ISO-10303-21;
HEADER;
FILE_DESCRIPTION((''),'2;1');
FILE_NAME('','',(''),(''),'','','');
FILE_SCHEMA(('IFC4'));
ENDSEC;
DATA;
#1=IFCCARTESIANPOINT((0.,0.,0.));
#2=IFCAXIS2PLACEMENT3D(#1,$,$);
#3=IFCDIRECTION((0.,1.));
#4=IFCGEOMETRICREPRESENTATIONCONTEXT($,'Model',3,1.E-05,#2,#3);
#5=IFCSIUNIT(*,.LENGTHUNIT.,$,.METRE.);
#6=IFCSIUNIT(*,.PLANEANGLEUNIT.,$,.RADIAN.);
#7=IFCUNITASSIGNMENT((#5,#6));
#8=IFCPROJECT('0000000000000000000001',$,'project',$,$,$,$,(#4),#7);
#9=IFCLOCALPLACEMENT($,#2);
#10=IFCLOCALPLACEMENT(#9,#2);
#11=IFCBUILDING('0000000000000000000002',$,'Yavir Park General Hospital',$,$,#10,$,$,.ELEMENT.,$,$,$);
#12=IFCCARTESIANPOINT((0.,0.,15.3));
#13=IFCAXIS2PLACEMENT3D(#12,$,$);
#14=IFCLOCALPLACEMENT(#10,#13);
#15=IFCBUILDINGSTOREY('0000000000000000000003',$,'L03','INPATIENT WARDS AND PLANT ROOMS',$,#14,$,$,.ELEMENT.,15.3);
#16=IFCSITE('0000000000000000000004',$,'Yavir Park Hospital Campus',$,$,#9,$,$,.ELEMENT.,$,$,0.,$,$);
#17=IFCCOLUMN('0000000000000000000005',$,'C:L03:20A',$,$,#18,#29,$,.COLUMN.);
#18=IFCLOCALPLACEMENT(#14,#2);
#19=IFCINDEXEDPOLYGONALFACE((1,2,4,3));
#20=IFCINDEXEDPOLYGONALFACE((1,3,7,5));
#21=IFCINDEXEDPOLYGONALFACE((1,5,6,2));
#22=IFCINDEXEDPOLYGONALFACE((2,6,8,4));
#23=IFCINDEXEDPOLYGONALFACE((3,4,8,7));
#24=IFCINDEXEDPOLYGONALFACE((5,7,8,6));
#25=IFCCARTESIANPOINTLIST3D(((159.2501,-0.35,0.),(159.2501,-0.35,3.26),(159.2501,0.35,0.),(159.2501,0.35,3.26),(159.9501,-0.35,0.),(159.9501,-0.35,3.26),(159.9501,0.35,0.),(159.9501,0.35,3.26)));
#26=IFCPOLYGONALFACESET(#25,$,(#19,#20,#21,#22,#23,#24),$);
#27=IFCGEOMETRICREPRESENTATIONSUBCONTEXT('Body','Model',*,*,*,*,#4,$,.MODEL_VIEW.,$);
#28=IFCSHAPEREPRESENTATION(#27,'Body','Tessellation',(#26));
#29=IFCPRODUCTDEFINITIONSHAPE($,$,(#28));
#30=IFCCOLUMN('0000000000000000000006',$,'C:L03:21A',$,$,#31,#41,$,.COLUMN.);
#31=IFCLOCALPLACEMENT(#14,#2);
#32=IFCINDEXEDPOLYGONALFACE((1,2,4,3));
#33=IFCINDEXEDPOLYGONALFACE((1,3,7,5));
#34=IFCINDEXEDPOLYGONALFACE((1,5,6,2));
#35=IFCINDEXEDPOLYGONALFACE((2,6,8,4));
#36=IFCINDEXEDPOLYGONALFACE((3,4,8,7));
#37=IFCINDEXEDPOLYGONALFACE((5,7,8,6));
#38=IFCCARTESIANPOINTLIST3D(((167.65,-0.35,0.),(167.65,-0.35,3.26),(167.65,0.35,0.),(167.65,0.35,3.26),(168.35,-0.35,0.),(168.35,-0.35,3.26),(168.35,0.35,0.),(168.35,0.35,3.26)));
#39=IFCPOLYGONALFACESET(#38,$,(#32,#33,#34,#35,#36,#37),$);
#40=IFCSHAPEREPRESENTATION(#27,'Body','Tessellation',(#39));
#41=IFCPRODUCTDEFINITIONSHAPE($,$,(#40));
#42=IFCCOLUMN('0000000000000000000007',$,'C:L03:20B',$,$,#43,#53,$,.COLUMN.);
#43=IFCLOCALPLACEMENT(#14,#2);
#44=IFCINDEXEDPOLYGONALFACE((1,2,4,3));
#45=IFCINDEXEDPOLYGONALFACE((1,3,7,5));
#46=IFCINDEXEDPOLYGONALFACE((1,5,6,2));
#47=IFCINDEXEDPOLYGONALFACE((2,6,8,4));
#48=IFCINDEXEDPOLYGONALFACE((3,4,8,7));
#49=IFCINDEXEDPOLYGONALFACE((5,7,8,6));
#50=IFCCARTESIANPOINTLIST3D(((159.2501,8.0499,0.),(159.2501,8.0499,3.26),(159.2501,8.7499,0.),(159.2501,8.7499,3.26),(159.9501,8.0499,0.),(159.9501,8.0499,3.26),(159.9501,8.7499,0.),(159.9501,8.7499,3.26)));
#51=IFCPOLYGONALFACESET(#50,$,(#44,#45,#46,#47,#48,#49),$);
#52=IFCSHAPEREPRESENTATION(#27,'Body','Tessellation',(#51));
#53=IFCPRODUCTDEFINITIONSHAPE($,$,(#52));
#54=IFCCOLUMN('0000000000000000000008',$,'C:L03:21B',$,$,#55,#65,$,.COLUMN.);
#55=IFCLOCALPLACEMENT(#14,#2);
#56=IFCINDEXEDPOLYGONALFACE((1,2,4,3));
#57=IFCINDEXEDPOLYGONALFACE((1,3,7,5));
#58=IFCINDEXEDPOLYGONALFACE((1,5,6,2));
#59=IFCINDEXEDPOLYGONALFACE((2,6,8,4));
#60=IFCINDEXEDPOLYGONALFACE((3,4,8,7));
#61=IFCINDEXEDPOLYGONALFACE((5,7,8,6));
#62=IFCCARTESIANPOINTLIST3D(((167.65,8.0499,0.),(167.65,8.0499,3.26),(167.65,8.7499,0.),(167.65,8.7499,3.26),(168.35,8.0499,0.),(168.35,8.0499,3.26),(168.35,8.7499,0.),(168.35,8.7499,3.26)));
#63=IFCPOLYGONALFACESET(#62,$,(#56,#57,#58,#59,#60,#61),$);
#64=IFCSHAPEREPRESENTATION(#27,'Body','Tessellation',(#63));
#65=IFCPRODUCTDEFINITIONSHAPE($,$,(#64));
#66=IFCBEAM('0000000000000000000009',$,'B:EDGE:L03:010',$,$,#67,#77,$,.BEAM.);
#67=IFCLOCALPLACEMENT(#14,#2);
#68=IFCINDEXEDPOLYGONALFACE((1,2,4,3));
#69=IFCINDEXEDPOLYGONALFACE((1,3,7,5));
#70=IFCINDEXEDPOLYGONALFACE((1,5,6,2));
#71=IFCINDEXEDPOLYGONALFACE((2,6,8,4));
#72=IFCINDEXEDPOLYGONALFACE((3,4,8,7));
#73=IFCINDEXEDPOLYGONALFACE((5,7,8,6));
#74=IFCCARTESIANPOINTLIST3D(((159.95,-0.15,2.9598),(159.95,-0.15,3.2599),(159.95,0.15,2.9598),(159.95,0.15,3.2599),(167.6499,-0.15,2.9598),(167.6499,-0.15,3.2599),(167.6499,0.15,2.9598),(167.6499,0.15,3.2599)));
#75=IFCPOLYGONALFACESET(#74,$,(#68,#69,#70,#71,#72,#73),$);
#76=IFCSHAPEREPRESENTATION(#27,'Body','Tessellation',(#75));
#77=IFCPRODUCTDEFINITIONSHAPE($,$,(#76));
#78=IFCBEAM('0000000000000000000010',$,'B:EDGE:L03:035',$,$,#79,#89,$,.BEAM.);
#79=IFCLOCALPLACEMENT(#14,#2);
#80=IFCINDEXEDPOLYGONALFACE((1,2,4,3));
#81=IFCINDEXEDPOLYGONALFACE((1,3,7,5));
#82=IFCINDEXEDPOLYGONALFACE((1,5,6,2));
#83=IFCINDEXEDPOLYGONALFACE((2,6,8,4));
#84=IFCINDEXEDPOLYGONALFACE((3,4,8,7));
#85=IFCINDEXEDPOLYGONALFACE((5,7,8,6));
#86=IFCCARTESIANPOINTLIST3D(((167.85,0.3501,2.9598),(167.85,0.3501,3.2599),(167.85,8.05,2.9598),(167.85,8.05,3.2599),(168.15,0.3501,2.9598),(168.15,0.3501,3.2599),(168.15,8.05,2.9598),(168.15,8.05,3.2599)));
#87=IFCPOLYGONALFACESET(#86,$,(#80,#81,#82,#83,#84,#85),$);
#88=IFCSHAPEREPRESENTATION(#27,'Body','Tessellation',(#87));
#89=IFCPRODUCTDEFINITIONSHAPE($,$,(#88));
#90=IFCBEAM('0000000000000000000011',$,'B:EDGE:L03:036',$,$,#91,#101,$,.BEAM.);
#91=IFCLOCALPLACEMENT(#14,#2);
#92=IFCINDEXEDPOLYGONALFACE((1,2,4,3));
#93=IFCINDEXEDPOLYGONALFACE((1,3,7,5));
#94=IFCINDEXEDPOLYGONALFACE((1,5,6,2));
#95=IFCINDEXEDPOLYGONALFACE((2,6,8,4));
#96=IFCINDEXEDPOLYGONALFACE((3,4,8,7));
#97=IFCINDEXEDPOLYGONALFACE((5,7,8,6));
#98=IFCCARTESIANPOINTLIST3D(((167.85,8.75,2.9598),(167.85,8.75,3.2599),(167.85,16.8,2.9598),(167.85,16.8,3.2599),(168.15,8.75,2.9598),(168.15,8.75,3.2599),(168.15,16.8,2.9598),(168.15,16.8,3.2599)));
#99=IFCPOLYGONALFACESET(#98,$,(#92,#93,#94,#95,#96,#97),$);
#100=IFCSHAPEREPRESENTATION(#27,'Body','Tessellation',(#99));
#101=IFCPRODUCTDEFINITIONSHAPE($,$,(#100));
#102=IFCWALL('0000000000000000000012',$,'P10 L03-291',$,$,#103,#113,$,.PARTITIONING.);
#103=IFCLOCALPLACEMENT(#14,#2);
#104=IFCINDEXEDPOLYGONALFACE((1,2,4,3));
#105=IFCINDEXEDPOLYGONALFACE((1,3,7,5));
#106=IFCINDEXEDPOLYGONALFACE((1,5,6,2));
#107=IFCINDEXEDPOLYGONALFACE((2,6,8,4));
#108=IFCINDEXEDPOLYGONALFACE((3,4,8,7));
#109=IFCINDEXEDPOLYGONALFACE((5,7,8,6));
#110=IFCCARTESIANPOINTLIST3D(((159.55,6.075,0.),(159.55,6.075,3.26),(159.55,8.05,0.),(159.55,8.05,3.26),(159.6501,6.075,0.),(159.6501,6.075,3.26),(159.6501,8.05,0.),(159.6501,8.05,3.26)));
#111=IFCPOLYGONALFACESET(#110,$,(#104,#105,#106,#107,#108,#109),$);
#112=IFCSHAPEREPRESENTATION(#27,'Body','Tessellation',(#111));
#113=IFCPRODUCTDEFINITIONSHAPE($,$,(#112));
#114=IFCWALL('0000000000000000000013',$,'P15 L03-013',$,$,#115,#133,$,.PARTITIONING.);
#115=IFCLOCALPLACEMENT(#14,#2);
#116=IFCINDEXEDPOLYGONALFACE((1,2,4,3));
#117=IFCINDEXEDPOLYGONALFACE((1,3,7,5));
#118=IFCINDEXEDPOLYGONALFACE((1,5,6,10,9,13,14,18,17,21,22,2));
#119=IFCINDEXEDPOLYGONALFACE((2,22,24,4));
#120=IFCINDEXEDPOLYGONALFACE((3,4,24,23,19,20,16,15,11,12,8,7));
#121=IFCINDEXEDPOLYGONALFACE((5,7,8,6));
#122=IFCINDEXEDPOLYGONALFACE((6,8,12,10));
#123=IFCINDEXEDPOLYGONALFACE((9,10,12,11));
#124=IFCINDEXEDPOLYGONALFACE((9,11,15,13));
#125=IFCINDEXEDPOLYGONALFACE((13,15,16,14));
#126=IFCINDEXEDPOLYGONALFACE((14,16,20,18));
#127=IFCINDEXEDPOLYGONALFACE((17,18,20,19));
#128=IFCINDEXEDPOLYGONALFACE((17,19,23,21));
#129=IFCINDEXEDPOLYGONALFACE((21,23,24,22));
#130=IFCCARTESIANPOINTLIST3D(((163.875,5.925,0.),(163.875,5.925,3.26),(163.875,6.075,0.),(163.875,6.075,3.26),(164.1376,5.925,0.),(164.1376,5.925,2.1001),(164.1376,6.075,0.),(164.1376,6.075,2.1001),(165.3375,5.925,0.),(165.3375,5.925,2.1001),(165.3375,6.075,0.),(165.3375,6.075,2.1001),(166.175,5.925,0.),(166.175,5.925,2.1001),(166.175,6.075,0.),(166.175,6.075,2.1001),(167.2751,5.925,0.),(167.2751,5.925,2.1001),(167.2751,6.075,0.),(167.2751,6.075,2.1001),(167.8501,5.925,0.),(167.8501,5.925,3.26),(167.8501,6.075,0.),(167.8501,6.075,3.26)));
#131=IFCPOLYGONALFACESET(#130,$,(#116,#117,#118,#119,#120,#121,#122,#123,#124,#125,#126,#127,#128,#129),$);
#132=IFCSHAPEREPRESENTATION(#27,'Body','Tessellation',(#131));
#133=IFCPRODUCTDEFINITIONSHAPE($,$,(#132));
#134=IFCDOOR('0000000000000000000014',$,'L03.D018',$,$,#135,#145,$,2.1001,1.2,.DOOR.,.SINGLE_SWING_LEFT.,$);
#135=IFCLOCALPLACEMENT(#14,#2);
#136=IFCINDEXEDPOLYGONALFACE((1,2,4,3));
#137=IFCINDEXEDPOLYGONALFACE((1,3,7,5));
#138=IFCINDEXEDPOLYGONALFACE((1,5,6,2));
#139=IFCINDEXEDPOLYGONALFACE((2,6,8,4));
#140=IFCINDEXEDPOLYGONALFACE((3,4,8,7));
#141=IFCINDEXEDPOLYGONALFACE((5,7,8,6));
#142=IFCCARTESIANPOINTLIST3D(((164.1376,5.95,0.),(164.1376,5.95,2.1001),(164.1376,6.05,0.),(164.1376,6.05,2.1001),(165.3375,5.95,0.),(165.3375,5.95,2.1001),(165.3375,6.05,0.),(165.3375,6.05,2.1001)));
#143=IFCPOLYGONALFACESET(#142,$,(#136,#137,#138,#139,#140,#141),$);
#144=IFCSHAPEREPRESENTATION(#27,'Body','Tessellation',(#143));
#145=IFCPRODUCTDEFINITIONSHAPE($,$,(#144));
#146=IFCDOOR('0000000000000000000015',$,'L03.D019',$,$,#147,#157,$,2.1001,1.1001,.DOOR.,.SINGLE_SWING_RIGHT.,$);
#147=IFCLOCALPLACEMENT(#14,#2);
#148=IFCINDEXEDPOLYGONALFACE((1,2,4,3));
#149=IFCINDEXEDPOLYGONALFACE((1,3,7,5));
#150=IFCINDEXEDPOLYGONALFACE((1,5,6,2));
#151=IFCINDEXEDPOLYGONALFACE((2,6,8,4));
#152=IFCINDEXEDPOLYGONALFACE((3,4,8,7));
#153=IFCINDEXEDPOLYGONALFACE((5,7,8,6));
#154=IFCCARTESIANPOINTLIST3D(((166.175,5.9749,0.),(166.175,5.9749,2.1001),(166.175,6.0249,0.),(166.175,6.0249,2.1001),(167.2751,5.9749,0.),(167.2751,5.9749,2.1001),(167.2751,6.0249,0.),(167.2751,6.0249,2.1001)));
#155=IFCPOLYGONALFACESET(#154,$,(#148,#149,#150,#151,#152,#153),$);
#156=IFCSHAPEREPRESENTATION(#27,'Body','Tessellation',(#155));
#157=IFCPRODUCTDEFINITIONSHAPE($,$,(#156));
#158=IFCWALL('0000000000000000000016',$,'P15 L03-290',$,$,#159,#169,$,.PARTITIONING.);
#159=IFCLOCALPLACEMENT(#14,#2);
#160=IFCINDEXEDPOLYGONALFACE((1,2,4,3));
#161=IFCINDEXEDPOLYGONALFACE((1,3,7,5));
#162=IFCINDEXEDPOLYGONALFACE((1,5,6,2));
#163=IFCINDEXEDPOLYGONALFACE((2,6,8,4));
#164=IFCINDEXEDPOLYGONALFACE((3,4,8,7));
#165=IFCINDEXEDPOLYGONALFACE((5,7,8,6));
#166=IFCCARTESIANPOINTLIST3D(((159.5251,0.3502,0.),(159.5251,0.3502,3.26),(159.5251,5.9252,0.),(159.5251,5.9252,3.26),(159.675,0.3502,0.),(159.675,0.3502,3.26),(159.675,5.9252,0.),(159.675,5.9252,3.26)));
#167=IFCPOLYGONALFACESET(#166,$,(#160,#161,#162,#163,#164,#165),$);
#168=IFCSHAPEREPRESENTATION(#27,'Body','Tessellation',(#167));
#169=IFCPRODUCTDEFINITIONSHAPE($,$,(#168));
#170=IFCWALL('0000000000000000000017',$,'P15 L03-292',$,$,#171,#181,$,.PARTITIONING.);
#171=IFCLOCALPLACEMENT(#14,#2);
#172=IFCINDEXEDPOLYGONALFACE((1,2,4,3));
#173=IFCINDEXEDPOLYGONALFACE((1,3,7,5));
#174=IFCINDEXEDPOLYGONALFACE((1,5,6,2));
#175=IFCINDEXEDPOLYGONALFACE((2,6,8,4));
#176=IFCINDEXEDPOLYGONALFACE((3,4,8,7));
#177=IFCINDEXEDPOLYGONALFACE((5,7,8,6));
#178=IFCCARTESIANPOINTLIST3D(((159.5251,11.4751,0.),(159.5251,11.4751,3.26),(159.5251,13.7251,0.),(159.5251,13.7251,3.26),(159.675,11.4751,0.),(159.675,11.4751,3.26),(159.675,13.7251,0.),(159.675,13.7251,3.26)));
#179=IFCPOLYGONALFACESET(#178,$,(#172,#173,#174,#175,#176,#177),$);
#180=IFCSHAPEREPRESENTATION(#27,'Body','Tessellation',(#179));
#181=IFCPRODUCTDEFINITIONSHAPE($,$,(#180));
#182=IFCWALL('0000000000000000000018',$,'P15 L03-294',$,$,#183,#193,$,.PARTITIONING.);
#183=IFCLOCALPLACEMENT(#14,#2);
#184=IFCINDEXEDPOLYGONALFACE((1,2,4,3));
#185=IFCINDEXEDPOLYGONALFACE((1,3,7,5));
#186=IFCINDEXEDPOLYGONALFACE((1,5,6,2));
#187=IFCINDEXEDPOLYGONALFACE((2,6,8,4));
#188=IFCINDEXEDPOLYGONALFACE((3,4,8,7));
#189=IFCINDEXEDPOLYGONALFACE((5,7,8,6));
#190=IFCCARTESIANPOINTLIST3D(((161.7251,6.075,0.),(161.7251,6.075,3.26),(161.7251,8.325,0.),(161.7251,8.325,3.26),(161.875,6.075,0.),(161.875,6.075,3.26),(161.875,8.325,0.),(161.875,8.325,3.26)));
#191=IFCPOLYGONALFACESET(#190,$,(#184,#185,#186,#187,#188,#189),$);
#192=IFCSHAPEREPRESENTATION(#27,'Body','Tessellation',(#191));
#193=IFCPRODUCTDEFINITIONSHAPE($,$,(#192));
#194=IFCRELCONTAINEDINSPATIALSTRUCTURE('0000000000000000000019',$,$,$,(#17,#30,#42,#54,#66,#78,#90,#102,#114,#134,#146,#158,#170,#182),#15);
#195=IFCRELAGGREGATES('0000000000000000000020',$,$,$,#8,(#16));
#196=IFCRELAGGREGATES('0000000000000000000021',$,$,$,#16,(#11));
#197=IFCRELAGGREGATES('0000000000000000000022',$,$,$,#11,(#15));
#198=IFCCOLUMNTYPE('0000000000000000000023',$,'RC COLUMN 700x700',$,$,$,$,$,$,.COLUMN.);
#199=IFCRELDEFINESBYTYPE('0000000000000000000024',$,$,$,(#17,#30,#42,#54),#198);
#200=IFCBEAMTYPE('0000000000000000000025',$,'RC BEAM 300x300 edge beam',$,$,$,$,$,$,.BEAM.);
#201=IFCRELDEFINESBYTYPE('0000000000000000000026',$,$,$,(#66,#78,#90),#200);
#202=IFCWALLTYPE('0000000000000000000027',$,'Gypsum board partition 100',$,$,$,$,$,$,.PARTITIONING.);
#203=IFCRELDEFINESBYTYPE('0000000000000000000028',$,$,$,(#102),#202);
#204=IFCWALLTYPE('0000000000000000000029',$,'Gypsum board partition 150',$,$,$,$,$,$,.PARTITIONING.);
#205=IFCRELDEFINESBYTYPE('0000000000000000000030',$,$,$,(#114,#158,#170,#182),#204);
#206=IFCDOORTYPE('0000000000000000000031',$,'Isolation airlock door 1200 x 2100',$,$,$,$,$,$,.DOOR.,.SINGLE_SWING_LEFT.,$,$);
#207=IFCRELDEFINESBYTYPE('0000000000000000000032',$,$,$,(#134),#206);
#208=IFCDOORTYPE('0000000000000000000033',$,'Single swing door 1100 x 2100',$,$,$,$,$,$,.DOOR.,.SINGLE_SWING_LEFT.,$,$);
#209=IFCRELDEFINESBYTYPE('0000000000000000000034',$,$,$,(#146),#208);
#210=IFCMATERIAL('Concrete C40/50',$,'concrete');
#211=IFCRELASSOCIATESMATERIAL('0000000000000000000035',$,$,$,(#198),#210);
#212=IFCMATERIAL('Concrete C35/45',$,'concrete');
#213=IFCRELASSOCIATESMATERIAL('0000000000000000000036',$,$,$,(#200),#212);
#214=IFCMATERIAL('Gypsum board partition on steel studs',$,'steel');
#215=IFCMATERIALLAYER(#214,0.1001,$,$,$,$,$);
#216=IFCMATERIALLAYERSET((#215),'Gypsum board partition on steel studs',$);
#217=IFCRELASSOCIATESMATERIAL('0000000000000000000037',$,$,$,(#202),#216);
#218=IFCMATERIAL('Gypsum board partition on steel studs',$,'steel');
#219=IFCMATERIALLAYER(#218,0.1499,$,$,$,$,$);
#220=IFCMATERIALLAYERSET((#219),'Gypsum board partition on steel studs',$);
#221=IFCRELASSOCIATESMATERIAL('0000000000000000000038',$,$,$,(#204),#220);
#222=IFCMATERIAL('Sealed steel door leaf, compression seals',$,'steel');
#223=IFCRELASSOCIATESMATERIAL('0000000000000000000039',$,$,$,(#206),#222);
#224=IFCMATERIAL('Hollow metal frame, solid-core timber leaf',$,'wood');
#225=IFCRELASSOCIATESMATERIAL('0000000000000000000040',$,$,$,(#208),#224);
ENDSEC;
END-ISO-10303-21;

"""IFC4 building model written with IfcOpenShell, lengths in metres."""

from ifc_helpers import new_model, si_unit, direction, frame, frame_2d, origin, origin_2d, place, context, subcontext, project, spatial, rectangle, extrude, material, layer, layer_set, material_profile, profile_set, type_object, element, fill, save


model = new_model("IFC4")

# Units and contexts
model_context = context("Model", 3, precision=1e-05, world=origin(), true_north=direction((0.0, 1.0)))
body_context = subcontext(model_context, "Body", "Model", "MODEL_VIEW")
ifc_project = project(units=[si_unit("LENGTHUNIT", "METRE"), si_unit("PLANEANGLEUNIT", "RADIAN")], contexts=[model_context])

# Site, building, storey
site_placement = place(None, origin())
site = spatial("IfcSite", under=ifc_project, at=site_placement, Name="Yavir Park Hospital Campus", CompositionType="ELEMENT", RefElevation=0.0)
building_placement = place(site_placement, origin())
building = spatial("IfcBuilding", under=site, at=building_placement, Name="Yavir Park General Hospital", CompositionType="ELEMENT")
storey_placement = place(building_placement, frame((0.0, 0.0, 15.3)))
storey = spatial("IfcBuildingStorey", under=building, at=storey_placement, Name="L03", Description="INPATIENT WARDS AND PLANT ROOMS", CompositionType="ELEMENT", Elevation=15.3)

# Columns
ifc_material_1 = material(Name="Concrete C40/50", Category="concrete")
ifc_material_profile_1 = material_profile(ifc_material_1, rectangle(XDim=0.7, YDim=0.7, at=origin_2d()), Name="RC700x700")
ifc_profile_set_1 = profile_set([ifc_material_profile_1], Name="Concrete C40/50")
column_type = type_object("IfcColumnType", Name="RC COLUMN 700x700", PredefinedType="COLUMN", material=ifc_profile_set_1)
for number, where, z_axis, x_axis, name in (
    (1, (159.6001, 0.0, 0.0), (0.0, 0.0, 1.0), (1.0, 0.0, 0.0), "C:L03:20A"),
    (2, (168.0, 0.0, 0.0), (0.0, 0.0, 1.0), (1.0, 0.0, 0.0), "C:L03:21A"),
    (3, (159.6001, 8.3999, 0.0), (0.0, 0.0, 1.0), (1.0, 0.0, 0.0), "C:L03:20B"),
    (4, (168.0, 8.3999, 0.0), (0.0, 0.0, 1.0), (1.0, 0.0, 0.0), "C:L03:21B"),
):
    element("IfcColumn", number, at=place(storey_placement, frame(where, z_axis=z_axis, x_axis=x_axis)), inside=storey, type_object=column_type, Name=name, PredefinedType="COLUMN", context=body_context, shape_type="SweptSolid", body=[
        extrude(rectangle(XDim=0.7, YDim=0.7, at=origin_2d()), origin(), (0.0, 0.0, 1.0), 3.26),
    ])

# Beams
ifc_material_2 = material(Name="Concrete C35/45", Category="concrete")
ifc_material_profile_2 = material_profile(ifc_material_2, rectangle(XDim=0.3, YDim=0.3, at=origin_2d()), Name="RC300x300")
ifc_profile_set_2 = profile_set([ifc_material_profile_2], Name="Concrete C35/45")
beam_type = type_object("IfcBeamType", Name="RC BEAM 300x300 edge beam", PredefinedType="BEAM", material=ifc_profile_set_2)
for number, where, z_axis, x_axis, name in (
    (5, (159.95, 0.0, 3.1099), (1.0, 0.0, 0.0), (0.0, 1.0, 0.0), "B:EDGE:L03:010"),
    (6, (168.0, 0.3501, 3.1099), (0.0, 1.0, 0.0), (-1.0, 0.0, 0.0), "B:EDGE:L03:035"),
):
    element("IfcBeam", number, at=place(storey_placement, frame(where, z_axis=z_axis, x_axis=x_axis)), inside=storey, type_object=beam_type, Name=name, PredefinedType="BEAM", context=body_context, shape_type="SweptSolid", body=[
        extrude(rectangle(XDim=0.3, YDim=0.3, at=origin_2d()), origin(), (0.0, 0.0, 1.0), 7.7),
    ])
beam_placement = place(storey_placement, frame((168.0, 8.75, 3.1099), z_axis=(0.0, 1.0, 0.0), x_axis=(-1.0, 0.0, 0.0)))
element("IfcBeam", 7, at=beam_placement, inside=storey, type_object=beam_type, Name="B:EDGE:L03:036", PredefinedType="BEAM", context=body_context, shape_type="SweptSolid", body=[
    extrude(rectangle(XDim=0.3, YDim=0.3, at=origin_2d()), origin(), (0.0, 0.0, 1.0), 8.05),
])

# Wall
ifc_material_3 = material(Name="Gypsum board partition on steel studs", Category="steel")
ifc_layer_1 = layer(ifc_material_3, 0.1001)
ifc_layer_set_1 = layer_set([ifc_layer_1], Name="Gypsum board partition on steel studs")
wall_type_1 = type_object("IfcWallType", Name="Gypsum board partition 100", PredefinedType="PARTITIONING", material=ifc_layer_set_1)
wall_1_placement = place(storey_placement, frame((159.6001, 6.075, 0.0), z_axis=(0.0, 0.0, 1.0), x_axis=(0.0, 1.0, 0.0)))
element("IfcWall", 8, at=wall_1_placement, inside=storey, type_object=wall_type_1, Name="P10 L03-291", PredefinedType="PARTITIONING", context=body_context, shape_type="SweptSolid", body=[
    extrude(rectangle(XDim=1.9751, YDim=0.1001, at=frame_2d((0.9875, 0.0))), origin(), (0.0, 0.0, 1.0), 3.26),
])

# Wall, openings, doors
ifc_material_4 = material(Name="Gypsum board partition on steel studs", Category="steel")
ifc_layer_2 = layer(ifc_material_4, 0.1499)
ifc_layer_set_2 = layer_set([ifc_layer_2], Name="Gypsum board partition on steel studs")
wall_type_2 = type_object("IfcWallType", Name="Gypsum board partition 150", PredefinedType="PARTITIONING", material=ifc_layer_set_2)
wall_2_placement = place(storey_placement, frame((163.875, 6.0, 0.0), z_axis=(0.0, 0.0, 1.0), x_axis=(1.0, 0.0, 0.0)))
wall_2 = element("IfcWall", 9, at=wall_2_placement, inside=storey, type_object=wall_type_2, Name="P15 L03-013", PredefinedType="PARTITIONING", context=body_context, shape_type="SweptSolid", body=[
    extrude(rectangle(XDim=3.9751, YDim=0.1499, at=frame_2d((1.9875, 0.0))), origin(), (0.0, 0.0, 1.0), 3.26),
])
opening_1_placement = place(wall_2_placement, frame((0.2625, 0.0, 0.0)))
opening_1 = element("IfcOpeningElement", 10, at=opening_1_placement, cuts=wall_2, PredefinedType="OPENING", context=body_context, shape_type="SweptSolid", body=[
    extrude(rectangle(XDim=1.2, YDim=2.1001, at=frame_2d((0.6001, 1.05))), frame((0.0, 0.085, 0.0), z_axis=(0.0, -1.0, 0.0), x_axis=(1.0, 0.0, 0.0)), (0.0, 0.0, 1.0), 0.1699),
])
opening_2_placement = place(wall_2_placement, frame((2.3, 0.0, 0.0)))
opening_2 = element("IfcOpeningElement", 11, at=opening_2_placement, cuts=wall_2, PredefinedType="OPENING", context=body_context, shape_type="SweptSolid", body=[
    extrude(rectangle(XDim=1.1001, YDim=2.1001, at=frame_2d((0.55, 1.05))), frame((0.0, 0.085, 0.0), z_axis=(0.0, -1.0, 0.0), x_axis=(1.0, 0.0, 0.0)), (0.0, 0.0, 1.0), 0.1699),
])
ifc_material_5 = material(Name="Sealed steel door leaf, compression seals", Category="steel")
door_type_1 = type_object("IfcDoorType", Name="Isolation airlock door 1200 x 2100", OperationType="SINGLE_SWING_LEFT", PredefinedType="DOOR", material=ifc_material_5)
door_1_placement = place(opening_1_placement, origin())
door_1 = element("IfcDoor", 12, at=door_1_placement, inside=storey, type_object=door_type_1, Name="L03.D018", OperationType="SINGLE_SWING_LEFT", OverallHeight=2.1001, OverallWidth=1.2, PredefinedType="DOOR", context=body_context, shape_type="SweptSolid", body=[
    extrude(rectangle(XDim=1.2, YDim=2.1001, at=frame_2d((0.6001, 1.05))), frame((0.0, 0.05, 0.0), z_axis=(0.0, -1.0, 0.0), x_axis=(1.0, 0.0, 0.0)), (0.0, 0.0, 1.0), 0.1001),
])
fill(opening_1, door_1)
ifc_material_6 = material(Name="Hollow metal frame, solid-core timber leaf", Category="wood")
door_type_2 = type_object("IfcDoorType", Name="Single swing door 1100 x 2100", OperationType="SINGLE_SWING_LEFT", PredefinedType="DOOR", material=ifc_material_6)
door_2_placement = place(opening_2_placement, origin())
door_2 = element("IfcDoor", 13, at=door_2_placement, inside=storey, type_object=door_type_2, Name="L03.D019", OperationType="SINGLE_SWING_RIGHT", OverallHeight=2.1001, OverallWidth=1.1001, PredefinedType="DOOR", context=body_context, shape_type="SweptSolid", body=[
    extrude(rectangle(XDim=1.1001, YDim=2.1001, at=frame_2d((0.55, 1.05))), frame((0.0, 0.0249, 0.0), z_axis=(0.0, -1.0, 0.0), x_axis=(1.0, 0.0, 0.0)), (0.0, 0.0, 1.0), 0.05),
])
fill(opening_2, door_2)

# Walls
wall_3_placement = place(storey_placement, frame((159.6001, 0.3501, 0.0), z_axis=(0.0, 0.0, 1.0), x_axis=(0.0, 1.0, 0.0)))
element("IfcWall", 14, at=wall_3_placement, inside=storey, type_object=wall_type_2, Name="P15 L03-290", PredefinedType="PARTITIONING", context=body_context, shape_type="SweptSolid", body=[
    extrude(rectangle(XDim=5.575, YDim=0.1499, at=frame_2d((2.7876, 0.0))), origin(), (0.0, 0.0, 1.0), 3.26),
])
for number, where, z_axis, x_axis, name in (
    (15, (159.6001, 11.4751, 0.0), (0.0, 0.0, 1.0), (0.0, 1.0, 0.0), "P15 L03-292"),
    (16, (161.8, 6.075, 0.0), (0.0, 0.0, 1.0), (0.0, 1.0, 0.0), "P15 L03-294"),
):
    element("IfcWall", number, at=place(storey_placement, frame(where, z_axis=z_axis, x_axis=x_axis)), inside=storey, type_object=wall_type_2, Name=name, PredefinedType="PARTITIONING", context=body_context, shape_type="SweptSolid", body=[
        extrude(rectangle(XDim=2.25, YDim=0.1499, at=frame_2d((1.125, 0.0))), origin(), (0.0, 0.0, 1.0), 3.26),
    ])

save(model, "model.ifc")
